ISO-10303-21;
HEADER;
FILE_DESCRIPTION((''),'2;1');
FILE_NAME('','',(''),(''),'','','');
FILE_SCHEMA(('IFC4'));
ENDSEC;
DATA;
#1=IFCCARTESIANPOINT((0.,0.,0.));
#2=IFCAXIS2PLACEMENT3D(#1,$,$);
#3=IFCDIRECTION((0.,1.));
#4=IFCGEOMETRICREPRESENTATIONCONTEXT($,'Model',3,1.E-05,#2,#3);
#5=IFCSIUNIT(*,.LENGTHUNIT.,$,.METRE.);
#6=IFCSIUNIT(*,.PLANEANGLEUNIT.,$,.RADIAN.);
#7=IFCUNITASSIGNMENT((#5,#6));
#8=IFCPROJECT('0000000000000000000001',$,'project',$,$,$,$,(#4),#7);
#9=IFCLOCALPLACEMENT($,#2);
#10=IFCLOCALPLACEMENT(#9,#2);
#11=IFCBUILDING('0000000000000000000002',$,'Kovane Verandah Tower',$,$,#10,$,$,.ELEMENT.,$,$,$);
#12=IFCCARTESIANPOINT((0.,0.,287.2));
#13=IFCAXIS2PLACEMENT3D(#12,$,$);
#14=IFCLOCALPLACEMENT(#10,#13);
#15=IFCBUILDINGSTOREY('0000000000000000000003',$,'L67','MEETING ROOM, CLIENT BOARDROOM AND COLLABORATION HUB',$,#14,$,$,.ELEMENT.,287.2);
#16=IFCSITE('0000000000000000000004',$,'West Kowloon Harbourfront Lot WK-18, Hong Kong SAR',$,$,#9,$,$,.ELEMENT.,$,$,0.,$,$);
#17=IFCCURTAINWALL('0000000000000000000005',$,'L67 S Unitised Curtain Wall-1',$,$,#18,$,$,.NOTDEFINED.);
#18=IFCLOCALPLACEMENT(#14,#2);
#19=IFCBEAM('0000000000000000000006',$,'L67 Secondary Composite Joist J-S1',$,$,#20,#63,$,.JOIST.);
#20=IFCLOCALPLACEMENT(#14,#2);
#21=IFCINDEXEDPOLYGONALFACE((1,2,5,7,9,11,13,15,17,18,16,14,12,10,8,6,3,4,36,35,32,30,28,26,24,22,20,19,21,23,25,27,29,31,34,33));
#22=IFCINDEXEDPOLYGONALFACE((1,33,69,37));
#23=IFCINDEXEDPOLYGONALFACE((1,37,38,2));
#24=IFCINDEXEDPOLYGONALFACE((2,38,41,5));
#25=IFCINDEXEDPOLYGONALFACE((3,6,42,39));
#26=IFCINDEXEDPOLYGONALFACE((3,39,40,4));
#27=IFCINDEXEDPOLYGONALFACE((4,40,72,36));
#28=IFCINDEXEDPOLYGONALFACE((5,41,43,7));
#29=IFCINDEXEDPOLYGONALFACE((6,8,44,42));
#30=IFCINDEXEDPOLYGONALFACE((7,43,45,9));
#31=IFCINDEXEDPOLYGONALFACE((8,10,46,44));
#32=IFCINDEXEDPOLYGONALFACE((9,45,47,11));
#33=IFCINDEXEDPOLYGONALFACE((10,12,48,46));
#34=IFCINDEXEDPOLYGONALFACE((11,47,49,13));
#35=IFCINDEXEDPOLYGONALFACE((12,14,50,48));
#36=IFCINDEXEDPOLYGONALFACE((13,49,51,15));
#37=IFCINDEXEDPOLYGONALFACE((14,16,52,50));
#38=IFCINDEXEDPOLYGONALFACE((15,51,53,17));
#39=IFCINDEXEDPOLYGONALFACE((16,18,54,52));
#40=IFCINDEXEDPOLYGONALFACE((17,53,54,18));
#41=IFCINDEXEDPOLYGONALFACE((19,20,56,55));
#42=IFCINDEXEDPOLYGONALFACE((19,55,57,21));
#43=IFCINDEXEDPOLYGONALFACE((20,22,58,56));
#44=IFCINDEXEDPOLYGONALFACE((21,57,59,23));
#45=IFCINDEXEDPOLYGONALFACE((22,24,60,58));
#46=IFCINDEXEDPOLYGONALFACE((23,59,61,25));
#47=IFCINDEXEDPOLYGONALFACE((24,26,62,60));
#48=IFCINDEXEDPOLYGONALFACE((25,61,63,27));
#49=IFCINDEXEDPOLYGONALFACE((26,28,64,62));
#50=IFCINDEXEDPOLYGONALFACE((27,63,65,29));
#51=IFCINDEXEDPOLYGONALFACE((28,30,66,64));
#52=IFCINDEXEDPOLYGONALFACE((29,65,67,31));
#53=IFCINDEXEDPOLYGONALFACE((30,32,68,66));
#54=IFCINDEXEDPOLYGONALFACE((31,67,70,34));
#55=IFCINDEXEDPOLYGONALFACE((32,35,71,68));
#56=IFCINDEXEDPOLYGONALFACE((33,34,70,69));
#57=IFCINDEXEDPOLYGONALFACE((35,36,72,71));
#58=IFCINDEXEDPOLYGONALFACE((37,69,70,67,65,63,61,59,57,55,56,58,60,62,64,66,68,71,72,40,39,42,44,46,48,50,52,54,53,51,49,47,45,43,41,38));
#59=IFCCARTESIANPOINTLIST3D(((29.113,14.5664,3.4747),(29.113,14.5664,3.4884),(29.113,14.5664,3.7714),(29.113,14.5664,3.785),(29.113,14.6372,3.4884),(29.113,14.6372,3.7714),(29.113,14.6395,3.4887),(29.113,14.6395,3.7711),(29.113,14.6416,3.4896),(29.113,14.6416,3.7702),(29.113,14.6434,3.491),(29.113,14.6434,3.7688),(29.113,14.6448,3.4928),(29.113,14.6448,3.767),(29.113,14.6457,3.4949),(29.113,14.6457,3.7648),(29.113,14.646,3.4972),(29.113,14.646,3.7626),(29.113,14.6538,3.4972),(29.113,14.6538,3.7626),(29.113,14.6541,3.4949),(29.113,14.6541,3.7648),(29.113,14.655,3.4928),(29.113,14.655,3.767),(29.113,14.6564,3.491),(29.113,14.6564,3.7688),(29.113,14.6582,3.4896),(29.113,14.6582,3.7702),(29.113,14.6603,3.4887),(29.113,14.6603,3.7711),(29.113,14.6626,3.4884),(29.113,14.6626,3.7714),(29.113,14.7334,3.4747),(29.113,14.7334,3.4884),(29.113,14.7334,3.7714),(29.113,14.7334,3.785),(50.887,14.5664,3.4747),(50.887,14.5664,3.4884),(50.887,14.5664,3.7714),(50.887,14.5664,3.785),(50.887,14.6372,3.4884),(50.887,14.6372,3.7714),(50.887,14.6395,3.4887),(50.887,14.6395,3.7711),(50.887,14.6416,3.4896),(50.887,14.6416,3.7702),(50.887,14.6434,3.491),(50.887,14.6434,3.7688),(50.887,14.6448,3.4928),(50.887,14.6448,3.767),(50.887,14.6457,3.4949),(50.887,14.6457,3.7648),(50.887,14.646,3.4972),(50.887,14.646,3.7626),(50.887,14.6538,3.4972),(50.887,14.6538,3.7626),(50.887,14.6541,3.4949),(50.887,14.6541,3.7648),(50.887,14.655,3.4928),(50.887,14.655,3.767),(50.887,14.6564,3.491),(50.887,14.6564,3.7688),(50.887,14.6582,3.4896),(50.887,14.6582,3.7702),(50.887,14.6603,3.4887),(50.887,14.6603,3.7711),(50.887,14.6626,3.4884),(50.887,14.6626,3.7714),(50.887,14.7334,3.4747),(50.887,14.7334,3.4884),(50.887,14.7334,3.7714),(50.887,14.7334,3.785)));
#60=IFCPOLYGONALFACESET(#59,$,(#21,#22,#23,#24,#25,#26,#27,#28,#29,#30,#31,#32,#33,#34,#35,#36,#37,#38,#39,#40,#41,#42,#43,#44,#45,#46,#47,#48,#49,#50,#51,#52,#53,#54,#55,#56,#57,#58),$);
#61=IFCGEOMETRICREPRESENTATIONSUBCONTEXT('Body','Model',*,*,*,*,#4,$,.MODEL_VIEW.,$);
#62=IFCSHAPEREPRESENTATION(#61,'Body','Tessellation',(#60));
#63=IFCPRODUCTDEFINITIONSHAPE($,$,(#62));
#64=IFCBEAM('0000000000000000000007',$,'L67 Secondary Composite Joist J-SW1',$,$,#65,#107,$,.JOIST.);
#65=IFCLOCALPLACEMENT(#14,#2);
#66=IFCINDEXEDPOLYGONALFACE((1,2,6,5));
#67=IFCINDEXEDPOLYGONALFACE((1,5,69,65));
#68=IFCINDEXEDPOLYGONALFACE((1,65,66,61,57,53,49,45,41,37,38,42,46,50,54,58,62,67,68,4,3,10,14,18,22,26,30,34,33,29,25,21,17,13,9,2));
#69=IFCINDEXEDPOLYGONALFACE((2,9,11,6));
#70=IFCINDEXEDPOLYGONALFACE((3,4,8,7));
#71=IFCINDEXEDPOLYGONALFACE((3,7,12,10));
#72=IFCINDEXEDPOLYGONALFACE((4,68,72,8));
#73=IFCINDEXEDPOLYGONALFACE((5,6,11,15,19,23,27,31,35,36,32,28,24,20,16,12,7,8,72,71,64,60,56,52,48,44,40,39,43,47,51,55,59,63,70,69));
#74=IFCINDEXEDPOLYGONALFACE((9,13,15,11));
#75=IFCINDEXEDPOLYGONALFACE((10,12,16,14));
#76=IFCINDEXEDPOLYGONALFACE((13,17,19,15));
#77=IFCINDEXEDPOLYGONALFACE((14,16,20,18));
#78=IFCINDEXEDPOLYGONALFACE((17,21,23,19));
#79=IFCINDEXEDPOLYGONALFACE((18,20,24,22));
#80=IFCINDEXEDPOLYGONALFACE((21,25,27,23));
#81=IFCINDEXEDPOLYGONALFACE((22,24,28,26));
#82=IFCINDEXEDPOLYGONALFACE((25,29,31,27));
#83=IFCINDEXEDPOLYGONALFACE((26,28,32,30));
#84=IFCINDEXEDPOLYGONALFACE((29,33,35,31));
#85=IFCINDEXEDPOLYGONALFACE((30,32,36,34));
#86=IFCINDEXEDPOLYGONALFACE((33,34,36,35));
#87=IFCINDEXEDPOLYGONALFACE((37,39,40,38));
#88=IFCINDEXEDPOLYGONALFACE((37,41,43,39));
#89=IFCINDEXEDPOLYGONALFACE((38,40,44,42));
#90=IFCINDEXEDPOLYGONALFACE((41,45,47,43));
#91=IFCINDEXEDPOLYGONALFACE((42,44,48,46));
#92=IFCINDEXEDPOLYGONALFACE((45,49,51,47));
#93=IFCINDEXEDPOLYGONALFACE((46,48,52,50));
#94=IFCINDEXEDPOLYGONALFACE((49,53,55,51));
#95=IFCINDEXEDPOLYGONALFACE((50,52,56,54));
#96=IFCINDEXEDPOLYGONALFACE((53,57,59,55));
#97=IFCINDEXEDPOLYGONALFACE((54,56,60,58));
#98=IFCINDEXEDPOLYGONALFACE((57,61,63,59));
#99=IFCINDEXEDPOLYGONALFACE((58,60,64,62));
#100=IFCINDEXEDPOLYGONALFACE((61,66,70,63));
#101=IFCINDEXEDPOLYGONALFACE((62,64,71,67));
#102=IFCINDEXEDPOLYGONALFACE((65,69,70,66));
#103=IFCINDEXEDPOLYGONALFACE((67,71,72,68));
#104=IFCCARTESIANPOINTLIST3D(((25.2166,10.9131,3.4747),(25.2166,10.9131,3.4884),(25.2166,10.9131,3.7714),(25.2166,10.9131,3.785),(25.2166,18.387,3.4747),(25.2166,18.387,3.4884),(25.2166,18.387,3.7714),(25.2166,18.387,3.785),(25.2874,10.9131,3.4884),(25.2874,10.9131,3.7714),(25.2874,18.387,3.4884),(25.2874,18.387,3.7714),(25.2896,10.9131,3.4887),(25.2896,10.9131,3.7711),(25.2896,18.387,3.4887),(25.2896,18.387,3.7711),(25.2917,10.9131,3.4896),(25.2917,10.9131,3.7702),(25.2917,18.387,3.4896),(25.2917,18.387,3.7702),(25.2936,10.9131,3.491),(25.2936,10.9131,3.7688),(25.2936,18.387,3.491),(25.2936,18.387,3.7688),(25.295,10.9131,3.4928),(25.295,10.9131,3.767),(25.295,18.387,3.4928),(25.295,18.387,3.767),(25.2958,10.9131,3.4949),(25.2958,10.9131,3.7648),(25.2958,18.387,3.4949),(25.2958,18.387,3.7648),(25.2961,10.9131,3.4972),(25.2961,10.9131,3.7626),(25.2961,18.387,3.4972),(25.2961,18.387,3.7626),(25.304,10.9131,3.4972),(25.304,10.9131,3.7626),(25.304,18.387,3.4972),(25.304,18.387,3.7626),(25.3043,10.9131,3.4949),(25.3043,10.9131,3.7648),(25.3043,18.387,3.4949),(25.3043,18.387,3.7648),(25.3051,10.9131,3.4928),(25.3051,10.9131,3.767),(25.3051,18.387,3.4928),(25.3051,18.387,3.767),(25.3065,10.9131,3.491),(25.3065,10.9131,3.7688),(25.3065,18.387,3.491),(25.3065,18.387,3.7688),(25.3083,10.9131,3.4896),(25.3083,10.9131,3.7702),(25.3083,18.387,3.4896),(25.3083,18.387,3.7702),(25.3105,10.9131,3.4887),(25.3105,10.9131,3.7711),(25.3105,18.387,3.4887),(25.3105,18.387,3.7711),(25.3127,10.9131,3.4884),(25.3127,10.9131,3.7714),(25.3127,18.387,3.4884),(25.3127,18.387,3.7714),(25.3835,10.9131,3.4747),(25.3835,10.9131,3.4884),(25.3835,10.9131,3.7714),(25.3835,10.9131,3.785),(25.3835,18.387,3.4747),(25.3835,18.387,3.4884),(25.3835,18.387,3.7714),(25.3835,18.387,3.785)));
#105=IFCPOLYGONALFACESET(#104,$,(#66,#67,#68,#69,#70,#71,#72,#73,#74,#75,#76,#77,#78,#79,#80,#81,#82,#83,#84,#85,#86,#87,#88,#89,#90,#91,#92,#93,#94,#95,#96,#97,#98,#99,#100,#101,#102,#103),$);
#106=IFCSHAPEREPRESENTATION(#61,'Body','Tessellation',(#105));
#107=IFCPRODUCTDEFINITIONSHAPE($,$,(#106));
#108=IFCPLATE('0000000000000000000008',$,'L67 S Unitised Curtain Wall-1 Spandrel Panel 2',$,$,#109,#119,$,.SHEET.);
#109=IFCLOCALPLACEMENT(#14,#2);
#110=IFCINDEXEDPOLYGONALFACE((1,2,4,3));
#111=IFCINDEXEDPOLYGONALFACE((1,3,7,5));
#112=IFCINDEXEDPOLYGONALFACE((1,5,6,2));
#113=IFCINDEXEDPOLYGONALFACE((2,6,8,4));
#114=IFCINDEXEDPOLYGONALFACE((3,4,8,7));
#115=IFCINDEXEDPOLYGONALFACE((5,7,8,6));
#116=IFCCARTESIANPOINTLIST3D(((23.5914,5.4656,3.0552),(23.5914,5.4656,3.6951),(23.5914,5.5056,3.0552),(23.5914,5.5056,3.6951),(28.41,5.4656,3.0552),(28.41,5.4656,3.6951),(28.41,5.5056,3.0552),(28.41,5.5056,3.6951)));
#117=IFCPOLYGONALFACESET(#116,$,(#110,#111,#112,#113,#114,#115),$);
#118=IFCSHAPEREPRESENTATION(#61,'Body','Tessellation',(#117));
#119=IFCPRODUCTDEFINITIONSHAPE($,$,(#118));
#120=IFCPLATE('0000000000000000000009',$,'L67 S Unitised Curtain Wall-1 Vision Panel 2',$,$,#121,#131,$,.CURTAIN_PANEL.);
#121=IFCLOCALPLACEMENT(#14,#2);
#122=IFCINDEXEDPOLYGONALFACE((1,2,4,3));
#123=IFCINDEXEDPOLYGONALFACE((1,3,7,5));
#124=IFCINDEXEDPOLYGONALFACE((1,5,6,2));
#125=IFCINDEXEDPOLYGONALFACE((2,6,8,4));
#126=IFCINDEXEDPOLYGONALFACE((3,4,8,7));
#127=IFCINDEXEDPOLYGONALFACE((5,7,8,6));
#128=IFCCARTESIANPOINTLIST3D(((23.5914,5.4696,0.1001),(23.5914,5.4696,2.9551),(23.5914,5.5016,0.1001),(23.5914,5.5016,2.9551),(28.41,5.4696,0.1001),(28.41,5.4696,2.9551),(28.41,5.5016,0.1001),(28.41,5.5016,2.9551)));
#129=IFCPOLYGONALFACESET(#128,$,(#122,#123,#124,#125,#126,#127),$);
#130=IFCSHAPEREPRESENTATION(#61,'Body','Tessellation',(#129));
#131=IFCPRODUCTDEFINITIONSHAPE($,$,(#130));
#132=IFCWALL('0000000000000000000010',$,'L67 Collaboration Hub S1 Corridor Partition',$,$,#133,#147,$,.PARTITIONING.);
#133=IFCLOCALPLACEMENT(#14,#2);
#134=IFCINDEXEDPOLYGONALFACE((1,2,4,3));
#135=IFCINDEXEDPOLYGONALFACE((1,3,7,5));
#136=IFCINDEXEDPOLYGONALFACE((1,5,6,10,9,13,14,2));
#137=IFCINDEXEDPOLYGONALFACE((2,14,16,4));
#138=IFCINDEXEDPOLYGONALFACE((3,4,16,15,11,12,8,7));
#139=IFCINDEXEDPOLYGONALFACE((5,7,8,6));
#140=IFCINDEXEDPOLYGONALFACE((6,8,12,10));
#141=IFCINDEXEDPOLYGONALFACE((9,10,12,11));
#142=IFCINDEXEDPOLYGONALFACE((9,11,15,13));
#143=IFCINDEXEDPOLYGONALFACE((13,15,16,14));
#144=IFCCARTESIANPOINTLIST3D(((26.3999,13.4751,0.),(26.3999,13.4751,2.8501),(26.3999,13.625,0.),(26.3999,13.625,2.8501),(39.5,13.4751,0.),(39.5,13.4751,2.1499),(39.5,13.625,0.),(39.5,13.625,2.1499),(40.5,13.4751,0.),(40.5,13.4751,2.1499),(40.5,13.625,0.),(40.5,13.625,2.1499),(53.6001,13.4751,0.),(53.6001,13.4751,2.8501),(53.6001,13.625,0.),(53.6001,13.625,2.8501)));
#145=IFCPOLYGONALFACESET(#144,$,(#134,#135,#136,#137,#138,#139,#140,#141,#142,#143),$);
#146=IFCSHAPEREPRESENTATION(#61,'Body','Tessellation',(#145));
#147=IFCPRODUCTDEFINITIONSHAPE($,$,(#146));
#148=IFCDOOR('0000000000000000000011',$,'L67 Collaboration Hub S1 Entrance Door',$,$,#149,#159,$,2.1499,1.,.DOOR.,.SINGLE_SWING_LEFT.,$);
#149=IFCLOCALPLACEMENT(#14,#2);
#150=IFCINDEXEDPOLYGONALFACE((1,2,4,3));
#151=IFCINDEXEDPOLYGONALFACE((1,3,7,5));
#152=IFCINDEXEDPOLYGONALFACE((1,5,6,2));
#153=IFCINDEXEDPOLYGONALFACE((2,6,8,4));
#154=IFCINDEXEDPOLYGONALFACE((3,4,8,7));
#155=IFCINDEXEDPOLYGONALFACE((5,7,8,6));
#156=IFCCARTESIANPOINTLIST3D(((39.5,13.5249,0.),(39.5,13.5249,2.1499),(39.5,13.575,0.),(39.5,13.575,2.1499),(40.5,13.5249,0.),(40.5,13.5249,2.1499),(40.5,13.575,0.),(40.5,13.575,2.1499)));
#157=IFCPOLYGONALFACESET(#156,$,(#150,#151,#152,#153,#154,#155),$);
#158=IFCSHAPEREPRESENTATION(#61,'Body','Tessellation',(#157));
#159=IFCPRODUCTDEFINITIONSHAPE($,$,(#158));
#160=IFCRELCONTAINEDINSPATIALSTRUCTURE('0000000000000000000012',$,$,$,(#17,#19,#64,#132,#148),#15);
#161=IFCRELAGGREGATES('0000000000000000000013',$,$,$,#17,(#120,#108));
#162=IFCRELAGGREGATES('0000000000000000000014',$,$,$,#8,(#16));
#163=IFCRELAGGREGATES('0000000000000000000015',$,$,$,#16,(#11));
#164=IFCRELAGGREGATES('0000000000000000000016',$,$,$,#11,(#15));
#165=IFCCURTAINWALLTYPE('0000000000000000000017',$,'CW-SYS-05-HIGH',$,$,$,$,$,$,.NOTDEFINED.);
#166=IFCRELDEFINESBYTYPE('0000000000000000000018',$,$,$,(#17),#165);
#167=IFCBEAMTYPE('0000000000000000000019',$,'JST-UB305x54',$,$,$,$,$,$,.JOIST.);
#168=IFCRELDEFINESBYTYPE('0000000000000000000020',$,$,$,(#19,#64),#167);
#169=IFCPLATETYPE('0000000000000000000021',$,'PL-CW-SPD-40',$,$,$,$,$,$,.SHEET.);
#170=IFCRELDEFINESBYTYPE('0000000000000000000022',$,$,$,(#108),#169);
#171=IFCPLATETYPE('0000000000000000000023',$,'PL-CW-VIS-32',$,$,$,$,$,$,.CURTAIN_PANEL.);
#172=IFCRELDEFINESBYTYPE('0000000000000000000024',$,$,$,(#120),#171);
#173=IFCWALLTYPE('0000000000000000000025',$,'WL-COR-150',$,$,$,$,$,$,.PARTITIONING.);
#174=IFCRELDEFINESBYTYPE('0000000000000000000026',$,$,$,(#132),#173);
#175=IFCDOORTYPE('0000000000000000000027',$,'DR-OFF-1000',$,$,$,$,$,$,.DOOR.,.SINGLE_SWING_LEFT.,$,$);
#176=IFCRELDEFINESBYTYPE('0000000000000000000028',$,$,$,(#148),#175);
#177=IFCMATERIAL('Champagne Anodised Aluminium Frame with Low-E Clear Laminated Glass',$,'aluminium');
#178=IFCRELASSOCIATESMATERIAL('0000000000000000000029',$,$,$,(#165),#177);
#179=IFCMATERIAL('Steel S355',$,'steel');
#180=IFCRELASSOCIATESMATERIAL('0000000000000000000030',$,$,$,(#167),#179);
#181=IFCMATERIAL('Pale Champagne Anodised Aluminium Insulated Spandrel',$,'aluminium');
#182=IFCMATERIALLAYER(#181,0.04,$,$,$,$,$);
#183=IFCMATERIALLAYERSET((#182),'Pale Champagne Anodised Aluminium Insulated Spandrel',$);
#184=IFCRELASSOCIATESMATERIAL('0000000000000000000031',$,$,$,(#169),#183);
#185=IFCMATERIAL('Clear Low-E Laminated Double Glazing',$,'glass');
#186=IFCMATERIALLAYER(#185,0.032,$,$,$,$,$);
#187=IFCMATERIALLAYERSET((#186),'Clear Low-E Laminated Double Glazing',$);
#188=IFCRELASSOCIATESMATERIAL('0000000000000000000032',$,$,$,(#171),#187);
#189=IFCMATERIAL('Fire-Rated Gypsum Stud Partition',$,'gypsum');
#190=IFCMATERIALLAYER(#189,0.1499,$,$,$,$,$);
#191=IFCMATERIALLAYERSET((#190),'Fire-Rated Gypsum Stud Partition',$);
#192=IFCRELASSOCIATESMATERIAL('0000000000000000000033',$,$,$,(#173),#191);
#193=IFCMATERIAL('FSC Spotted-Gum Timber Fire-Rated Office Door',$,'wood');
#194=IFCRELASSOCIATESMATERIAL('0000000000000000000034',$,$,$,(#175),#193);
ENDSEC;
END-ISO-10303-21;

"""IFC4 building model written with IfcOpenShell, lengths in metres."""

from ifc_helpers import new_model, si_unit, direction, frame, frame_2d, origin, origin_2d, place, context, subcontext, project, spatial, rectangle, i_section, extrude, material, layer, layer_set, material_profile, profile_set, type_object, element, fill, aggregate, save


model = new_model("IFC4")

# Units and contexts
model_context = context("Model", 3, precision=1e-05, world=origin(), true_north=direction((0.0, 1.0)))
body_context = subcontext(model_context, "Body", "Model", "MODEL_VIEW")
ifc_project = project(units=[si_unit("LENGTHUNIT", "METRE"), si_unit("PLANEANGLEUNIT", "RADIAN")], contexts=[model_context])

# Site, building, storey
site_placement = place(None, origin())
site = spatial("IfcSite", under=ifc_project, at=site_placement, Name="West Kowloon Harbourfront Lot WK-18, Hong Kong SAR", CompositionType="ELEMENT", RefElevation=0.0)
building_placement = place(site_placement, origin())
building = spatial("IfcBuilding", under=site, at=building_placement, Name="Kovane Verandah Tower", CompositionType="ELEMENT")
storey_placement = place(building_placement, frame((0.0, 0.0, 287.2)))
storey = spatial("IfcBuildingStorey", under=building, at=storey_placement, Name="L67", Description="MEETING ROOM, CLIENT BOARDROOM AND COLLABORATION HUB", CompositionType="ELEMENT", Elevation=287.2)

# Shared definitions
ifc_material_1 = material(Name="Steel S355", Category="steel")

# Curtain wall
ifc_material_2 = material(Name="Champagne Anodised Aluminium Frame with Low-E Clear Laminated Glass", Category="aluminium")
curtain_wall_type = type_object("IfcCurtainWallType", Name="CW-SYS-05-HIGH", PredefinedType="NOTDEFINED", material=ifc_material_2)
curtain_wall_1_placement = place(storey_placement, origin())
curtain_wall_1 = element("IfcCurtainWall", 1, at=curtain_wall_1_placement, inside=storey, type_object=curtain_wall_type, Name="L67 S Unitised Curtain Wall-1", PredefinedType="NOTDEFINED")

# Beams
ifc_material_profile_1 = material_profile(ifc_material_1, i_section(OverallWidth=0.167, OverallDepth=0.3103, WebThickness=0.0078, FlangeThickness=0.0137, FilletRadius=0.0088, at=origin_2d()), Name="UB305x165x54")
ifc_profile_set_1 = profile_set([ifc_material_profile_1], Name="Steel S355")
beam_type_1 = type_object("IfcBeamType", Name="JST-UB305x54", PredefinedType="JOIST", material=ifc_profile_set_1)
beam_1_placement = place(storey_placement, frame((29.113, 14.6499, 3.6299), z_axis=(1.0, 0.0, 0.0), x_axis=(0.0, 1.0, 0.0)))
element("IfcBeam", 2, at=beam_1_placement, inside=storey, type_object=beam_type_1, Name="L67 Secondary Composite Joist J-S1", PredefinedType="JOIST", context=body_context, shape_type="SweptSolid", body=[
    extrude(i_section(OverallWidth=0.167, OverallDepth=0.3103, WebThickness=0.0078, FlangeThickness=0.0137, FilletRadius=0.0088, at=origin_2d()), origin(), (0.0, 0.0, 1.0), 21.7739),
])
beam_2_placement = place(storey_placement, frame((25.3, 10.9131, 3.6299), z_axis=(0.0, 1.0, 0.0), x_axis=(-1.0, 0.0, 0.0)))
element("IfcBeam", 3, at=beam_2_placement, inside=storey, type_object=beam_type_1, Name="L67 Secondary Composite Joist J-SW1", PredefinedType="JOIST", context=body_context, shape_type="SweptSolid", body=[
    extrude(i_section(OverallWidth=0.167, OverallDepth=0.3103, WebThickness=0.0078, FlangeThickness=0.0137, FilletRadius=0.0088, at=origin_2d()), origin(), (0.0, 0.0, 1.0), 7.4739),
])

# Plates
ifc_material_3 = material(Name="Pale Champagne Anodised Aluminium Insulated Spandrel", Category="aluminium")
ifc_layer_1 = layer(ifc_material_3, 0.04)
ifc_layer_set_1 = layer_set([ifc_layer_1], Name="Pale Champagne Anodised Aluminium Insulated Spandrel")
plate_type_1 = type_object("IfcPlateType", Name="PL-CW-SPD-40", PredefinedType="SHEET", material=ifc_layer_set_1)
plate_1_placement = place(storey_placement, frame((26.0007, 5.4856, 3.0552), z_axis=(0.0, 0.0, 1.0), x_axis=(1.0, 0.0, 0.0)))
plate_1 = element("IfcPlate", 4, at=plate_1_placement, type_object=plate_type_1, Name="L67 S Unitised Curtain Wall-1 Spandrel Panel 2", PredefinedType="SHEET", context=body_context, shape_type="SweptSolid", body=[
    extrude(rectangle(XDim=4.8186, YDim=0.04, at=origin_2d()), origin(), (0.0, 0.0, 1.0), 0.6399),
])
ifc_material_4 = material(Name="Clear Low-E Laminated Double Glazing", Category="glass")
ifc_layer_2 = layer(ifc_material_4, 0.032)
ifc_layer_set_2 = layer_set([ifc_layer_2], Name="Clear Low-E Laminated Double Glazing")
plate_type_2 = type_object("IfcPlateType", Name="PL-CW-VIS-32", PredefinedType="CURTAIN_PANEL", material=ifc_layer_set_2)
plate_2_placement = place(storey_placement, frame((26.0007, 5.4856, 0.1001), z_axis=(0.0, 0.0, 1.0), x_axis=(1.0, 0.0, 0.0)))
plate_2 = element("IfcPlate", 5, at=plate_2_placement, type_object=plate_type_2, Name="L67 S Unitised Curtain Wall-1 Vision Panel 2", PredefinedType="CURTAIN_PANEL", context=body_context, shape_type="SweptSolid", body=[
    extrude(rectangle(XDim=4.8186, YDim=0.032, at=origin_2d()), origin(), (0.0, 0.0, 1.0), 2.855),
])
aggregate(curtain_wall_1, [plate_2, plate_1])

# Wall, opening, door
ifc_material_5 = material(Name="Fire-Rated Gypsum Stud Partition", Category="gypsum")
ifc_layer_3 = layer(ifc_material_5, 0.1499)
ifc_layer_set_3 = layer_set([ifc_layer_3], Name="Fire-Rated Gypsum Stud Partition")
wall_type = type_object("IfcWallType", Name="WL-COR-150", PredefinedType="PARTITIONING", material=ifc_layer_set_3)
wall_1_placement = place(storey_placement, frame((26.3999, 13.55, 0.0), z_axis=(0.0, 0.0, 1.0), x_axis=(1.0, 0.0, 0.0)))
wall_1 = element("IfcWall", 6, at=wall_1_placement, inside=storey, type_object=wall_type, Name="L67 Collaboration Hub S1 Corridor Partition", PredefinedType="PARTITIONING", context=body_context, shape_type="SweptSolid", body=[
    extrude(rectangle(XDim=27.2002, YDim=0.1499, at=frame_2d((13.6001, 0.0))), origin(), (0.0, 0.0, 1.0), 2.8501),
])
opening_1_placement = place(wall_1_placement, frame((13.1001, 0.0, 0.0)))
opening_1 = element("IfcOpeningElement", 7, at=opening_1_placement, cuts=wall_1, PredefinedType="OPENING", context=body_context, shape_type="SweptSolid", body=[
    extrude(rectangle(XDim=1.0, YDim=2.1499, at=frame_2d((0.5, 1.075))), frame((0.0, 0.075, 0.0), z_axis=(0.0, -1.0, 0.0), x_axis=(1.0, 0.0, 0.0)), (0.0, 0.0, 1.0), 0.1499),
])
ifc_material_6 = material(Name="FSC Spotted-Gum Timber Fire-Rated Office Door", Category="wood")
door_type = type_object("IfcDoorType", Name="DR-OFF-1000", OperationType="SINGLE_SWING_LEFT", PredefinedType="DOOR", material=ifc_material_6)
door_1_placement = place(opening_1_placement, origin())
door_1 = element("IfcDoor", 8, at=door_1_placement, inside=storey, type_object=door_type, Name="L67 Collaboration Hub S1 Entrance Door", OperationType="SINGLE_SWING_LEFT", OverallHeight=2.1499, OverallWidth=1.0, PredefinedType="DOOR", context=body_context, shape_type="SweptSolid", body=[
    extrude(rectangle(XDim=1.0, YDim=2.1499, at=frame_2d((0.5, 1.075))), frame((0.0, 0.0249, 0.0), z_axis=(0.0, -1.0, 0.0), x_axis=(1.0, 0.0, 0.0)), (0.0, 0.0, 1.0), 0.05),
])
fill(opening_1, door_1)

save(model, "model.ifc")
